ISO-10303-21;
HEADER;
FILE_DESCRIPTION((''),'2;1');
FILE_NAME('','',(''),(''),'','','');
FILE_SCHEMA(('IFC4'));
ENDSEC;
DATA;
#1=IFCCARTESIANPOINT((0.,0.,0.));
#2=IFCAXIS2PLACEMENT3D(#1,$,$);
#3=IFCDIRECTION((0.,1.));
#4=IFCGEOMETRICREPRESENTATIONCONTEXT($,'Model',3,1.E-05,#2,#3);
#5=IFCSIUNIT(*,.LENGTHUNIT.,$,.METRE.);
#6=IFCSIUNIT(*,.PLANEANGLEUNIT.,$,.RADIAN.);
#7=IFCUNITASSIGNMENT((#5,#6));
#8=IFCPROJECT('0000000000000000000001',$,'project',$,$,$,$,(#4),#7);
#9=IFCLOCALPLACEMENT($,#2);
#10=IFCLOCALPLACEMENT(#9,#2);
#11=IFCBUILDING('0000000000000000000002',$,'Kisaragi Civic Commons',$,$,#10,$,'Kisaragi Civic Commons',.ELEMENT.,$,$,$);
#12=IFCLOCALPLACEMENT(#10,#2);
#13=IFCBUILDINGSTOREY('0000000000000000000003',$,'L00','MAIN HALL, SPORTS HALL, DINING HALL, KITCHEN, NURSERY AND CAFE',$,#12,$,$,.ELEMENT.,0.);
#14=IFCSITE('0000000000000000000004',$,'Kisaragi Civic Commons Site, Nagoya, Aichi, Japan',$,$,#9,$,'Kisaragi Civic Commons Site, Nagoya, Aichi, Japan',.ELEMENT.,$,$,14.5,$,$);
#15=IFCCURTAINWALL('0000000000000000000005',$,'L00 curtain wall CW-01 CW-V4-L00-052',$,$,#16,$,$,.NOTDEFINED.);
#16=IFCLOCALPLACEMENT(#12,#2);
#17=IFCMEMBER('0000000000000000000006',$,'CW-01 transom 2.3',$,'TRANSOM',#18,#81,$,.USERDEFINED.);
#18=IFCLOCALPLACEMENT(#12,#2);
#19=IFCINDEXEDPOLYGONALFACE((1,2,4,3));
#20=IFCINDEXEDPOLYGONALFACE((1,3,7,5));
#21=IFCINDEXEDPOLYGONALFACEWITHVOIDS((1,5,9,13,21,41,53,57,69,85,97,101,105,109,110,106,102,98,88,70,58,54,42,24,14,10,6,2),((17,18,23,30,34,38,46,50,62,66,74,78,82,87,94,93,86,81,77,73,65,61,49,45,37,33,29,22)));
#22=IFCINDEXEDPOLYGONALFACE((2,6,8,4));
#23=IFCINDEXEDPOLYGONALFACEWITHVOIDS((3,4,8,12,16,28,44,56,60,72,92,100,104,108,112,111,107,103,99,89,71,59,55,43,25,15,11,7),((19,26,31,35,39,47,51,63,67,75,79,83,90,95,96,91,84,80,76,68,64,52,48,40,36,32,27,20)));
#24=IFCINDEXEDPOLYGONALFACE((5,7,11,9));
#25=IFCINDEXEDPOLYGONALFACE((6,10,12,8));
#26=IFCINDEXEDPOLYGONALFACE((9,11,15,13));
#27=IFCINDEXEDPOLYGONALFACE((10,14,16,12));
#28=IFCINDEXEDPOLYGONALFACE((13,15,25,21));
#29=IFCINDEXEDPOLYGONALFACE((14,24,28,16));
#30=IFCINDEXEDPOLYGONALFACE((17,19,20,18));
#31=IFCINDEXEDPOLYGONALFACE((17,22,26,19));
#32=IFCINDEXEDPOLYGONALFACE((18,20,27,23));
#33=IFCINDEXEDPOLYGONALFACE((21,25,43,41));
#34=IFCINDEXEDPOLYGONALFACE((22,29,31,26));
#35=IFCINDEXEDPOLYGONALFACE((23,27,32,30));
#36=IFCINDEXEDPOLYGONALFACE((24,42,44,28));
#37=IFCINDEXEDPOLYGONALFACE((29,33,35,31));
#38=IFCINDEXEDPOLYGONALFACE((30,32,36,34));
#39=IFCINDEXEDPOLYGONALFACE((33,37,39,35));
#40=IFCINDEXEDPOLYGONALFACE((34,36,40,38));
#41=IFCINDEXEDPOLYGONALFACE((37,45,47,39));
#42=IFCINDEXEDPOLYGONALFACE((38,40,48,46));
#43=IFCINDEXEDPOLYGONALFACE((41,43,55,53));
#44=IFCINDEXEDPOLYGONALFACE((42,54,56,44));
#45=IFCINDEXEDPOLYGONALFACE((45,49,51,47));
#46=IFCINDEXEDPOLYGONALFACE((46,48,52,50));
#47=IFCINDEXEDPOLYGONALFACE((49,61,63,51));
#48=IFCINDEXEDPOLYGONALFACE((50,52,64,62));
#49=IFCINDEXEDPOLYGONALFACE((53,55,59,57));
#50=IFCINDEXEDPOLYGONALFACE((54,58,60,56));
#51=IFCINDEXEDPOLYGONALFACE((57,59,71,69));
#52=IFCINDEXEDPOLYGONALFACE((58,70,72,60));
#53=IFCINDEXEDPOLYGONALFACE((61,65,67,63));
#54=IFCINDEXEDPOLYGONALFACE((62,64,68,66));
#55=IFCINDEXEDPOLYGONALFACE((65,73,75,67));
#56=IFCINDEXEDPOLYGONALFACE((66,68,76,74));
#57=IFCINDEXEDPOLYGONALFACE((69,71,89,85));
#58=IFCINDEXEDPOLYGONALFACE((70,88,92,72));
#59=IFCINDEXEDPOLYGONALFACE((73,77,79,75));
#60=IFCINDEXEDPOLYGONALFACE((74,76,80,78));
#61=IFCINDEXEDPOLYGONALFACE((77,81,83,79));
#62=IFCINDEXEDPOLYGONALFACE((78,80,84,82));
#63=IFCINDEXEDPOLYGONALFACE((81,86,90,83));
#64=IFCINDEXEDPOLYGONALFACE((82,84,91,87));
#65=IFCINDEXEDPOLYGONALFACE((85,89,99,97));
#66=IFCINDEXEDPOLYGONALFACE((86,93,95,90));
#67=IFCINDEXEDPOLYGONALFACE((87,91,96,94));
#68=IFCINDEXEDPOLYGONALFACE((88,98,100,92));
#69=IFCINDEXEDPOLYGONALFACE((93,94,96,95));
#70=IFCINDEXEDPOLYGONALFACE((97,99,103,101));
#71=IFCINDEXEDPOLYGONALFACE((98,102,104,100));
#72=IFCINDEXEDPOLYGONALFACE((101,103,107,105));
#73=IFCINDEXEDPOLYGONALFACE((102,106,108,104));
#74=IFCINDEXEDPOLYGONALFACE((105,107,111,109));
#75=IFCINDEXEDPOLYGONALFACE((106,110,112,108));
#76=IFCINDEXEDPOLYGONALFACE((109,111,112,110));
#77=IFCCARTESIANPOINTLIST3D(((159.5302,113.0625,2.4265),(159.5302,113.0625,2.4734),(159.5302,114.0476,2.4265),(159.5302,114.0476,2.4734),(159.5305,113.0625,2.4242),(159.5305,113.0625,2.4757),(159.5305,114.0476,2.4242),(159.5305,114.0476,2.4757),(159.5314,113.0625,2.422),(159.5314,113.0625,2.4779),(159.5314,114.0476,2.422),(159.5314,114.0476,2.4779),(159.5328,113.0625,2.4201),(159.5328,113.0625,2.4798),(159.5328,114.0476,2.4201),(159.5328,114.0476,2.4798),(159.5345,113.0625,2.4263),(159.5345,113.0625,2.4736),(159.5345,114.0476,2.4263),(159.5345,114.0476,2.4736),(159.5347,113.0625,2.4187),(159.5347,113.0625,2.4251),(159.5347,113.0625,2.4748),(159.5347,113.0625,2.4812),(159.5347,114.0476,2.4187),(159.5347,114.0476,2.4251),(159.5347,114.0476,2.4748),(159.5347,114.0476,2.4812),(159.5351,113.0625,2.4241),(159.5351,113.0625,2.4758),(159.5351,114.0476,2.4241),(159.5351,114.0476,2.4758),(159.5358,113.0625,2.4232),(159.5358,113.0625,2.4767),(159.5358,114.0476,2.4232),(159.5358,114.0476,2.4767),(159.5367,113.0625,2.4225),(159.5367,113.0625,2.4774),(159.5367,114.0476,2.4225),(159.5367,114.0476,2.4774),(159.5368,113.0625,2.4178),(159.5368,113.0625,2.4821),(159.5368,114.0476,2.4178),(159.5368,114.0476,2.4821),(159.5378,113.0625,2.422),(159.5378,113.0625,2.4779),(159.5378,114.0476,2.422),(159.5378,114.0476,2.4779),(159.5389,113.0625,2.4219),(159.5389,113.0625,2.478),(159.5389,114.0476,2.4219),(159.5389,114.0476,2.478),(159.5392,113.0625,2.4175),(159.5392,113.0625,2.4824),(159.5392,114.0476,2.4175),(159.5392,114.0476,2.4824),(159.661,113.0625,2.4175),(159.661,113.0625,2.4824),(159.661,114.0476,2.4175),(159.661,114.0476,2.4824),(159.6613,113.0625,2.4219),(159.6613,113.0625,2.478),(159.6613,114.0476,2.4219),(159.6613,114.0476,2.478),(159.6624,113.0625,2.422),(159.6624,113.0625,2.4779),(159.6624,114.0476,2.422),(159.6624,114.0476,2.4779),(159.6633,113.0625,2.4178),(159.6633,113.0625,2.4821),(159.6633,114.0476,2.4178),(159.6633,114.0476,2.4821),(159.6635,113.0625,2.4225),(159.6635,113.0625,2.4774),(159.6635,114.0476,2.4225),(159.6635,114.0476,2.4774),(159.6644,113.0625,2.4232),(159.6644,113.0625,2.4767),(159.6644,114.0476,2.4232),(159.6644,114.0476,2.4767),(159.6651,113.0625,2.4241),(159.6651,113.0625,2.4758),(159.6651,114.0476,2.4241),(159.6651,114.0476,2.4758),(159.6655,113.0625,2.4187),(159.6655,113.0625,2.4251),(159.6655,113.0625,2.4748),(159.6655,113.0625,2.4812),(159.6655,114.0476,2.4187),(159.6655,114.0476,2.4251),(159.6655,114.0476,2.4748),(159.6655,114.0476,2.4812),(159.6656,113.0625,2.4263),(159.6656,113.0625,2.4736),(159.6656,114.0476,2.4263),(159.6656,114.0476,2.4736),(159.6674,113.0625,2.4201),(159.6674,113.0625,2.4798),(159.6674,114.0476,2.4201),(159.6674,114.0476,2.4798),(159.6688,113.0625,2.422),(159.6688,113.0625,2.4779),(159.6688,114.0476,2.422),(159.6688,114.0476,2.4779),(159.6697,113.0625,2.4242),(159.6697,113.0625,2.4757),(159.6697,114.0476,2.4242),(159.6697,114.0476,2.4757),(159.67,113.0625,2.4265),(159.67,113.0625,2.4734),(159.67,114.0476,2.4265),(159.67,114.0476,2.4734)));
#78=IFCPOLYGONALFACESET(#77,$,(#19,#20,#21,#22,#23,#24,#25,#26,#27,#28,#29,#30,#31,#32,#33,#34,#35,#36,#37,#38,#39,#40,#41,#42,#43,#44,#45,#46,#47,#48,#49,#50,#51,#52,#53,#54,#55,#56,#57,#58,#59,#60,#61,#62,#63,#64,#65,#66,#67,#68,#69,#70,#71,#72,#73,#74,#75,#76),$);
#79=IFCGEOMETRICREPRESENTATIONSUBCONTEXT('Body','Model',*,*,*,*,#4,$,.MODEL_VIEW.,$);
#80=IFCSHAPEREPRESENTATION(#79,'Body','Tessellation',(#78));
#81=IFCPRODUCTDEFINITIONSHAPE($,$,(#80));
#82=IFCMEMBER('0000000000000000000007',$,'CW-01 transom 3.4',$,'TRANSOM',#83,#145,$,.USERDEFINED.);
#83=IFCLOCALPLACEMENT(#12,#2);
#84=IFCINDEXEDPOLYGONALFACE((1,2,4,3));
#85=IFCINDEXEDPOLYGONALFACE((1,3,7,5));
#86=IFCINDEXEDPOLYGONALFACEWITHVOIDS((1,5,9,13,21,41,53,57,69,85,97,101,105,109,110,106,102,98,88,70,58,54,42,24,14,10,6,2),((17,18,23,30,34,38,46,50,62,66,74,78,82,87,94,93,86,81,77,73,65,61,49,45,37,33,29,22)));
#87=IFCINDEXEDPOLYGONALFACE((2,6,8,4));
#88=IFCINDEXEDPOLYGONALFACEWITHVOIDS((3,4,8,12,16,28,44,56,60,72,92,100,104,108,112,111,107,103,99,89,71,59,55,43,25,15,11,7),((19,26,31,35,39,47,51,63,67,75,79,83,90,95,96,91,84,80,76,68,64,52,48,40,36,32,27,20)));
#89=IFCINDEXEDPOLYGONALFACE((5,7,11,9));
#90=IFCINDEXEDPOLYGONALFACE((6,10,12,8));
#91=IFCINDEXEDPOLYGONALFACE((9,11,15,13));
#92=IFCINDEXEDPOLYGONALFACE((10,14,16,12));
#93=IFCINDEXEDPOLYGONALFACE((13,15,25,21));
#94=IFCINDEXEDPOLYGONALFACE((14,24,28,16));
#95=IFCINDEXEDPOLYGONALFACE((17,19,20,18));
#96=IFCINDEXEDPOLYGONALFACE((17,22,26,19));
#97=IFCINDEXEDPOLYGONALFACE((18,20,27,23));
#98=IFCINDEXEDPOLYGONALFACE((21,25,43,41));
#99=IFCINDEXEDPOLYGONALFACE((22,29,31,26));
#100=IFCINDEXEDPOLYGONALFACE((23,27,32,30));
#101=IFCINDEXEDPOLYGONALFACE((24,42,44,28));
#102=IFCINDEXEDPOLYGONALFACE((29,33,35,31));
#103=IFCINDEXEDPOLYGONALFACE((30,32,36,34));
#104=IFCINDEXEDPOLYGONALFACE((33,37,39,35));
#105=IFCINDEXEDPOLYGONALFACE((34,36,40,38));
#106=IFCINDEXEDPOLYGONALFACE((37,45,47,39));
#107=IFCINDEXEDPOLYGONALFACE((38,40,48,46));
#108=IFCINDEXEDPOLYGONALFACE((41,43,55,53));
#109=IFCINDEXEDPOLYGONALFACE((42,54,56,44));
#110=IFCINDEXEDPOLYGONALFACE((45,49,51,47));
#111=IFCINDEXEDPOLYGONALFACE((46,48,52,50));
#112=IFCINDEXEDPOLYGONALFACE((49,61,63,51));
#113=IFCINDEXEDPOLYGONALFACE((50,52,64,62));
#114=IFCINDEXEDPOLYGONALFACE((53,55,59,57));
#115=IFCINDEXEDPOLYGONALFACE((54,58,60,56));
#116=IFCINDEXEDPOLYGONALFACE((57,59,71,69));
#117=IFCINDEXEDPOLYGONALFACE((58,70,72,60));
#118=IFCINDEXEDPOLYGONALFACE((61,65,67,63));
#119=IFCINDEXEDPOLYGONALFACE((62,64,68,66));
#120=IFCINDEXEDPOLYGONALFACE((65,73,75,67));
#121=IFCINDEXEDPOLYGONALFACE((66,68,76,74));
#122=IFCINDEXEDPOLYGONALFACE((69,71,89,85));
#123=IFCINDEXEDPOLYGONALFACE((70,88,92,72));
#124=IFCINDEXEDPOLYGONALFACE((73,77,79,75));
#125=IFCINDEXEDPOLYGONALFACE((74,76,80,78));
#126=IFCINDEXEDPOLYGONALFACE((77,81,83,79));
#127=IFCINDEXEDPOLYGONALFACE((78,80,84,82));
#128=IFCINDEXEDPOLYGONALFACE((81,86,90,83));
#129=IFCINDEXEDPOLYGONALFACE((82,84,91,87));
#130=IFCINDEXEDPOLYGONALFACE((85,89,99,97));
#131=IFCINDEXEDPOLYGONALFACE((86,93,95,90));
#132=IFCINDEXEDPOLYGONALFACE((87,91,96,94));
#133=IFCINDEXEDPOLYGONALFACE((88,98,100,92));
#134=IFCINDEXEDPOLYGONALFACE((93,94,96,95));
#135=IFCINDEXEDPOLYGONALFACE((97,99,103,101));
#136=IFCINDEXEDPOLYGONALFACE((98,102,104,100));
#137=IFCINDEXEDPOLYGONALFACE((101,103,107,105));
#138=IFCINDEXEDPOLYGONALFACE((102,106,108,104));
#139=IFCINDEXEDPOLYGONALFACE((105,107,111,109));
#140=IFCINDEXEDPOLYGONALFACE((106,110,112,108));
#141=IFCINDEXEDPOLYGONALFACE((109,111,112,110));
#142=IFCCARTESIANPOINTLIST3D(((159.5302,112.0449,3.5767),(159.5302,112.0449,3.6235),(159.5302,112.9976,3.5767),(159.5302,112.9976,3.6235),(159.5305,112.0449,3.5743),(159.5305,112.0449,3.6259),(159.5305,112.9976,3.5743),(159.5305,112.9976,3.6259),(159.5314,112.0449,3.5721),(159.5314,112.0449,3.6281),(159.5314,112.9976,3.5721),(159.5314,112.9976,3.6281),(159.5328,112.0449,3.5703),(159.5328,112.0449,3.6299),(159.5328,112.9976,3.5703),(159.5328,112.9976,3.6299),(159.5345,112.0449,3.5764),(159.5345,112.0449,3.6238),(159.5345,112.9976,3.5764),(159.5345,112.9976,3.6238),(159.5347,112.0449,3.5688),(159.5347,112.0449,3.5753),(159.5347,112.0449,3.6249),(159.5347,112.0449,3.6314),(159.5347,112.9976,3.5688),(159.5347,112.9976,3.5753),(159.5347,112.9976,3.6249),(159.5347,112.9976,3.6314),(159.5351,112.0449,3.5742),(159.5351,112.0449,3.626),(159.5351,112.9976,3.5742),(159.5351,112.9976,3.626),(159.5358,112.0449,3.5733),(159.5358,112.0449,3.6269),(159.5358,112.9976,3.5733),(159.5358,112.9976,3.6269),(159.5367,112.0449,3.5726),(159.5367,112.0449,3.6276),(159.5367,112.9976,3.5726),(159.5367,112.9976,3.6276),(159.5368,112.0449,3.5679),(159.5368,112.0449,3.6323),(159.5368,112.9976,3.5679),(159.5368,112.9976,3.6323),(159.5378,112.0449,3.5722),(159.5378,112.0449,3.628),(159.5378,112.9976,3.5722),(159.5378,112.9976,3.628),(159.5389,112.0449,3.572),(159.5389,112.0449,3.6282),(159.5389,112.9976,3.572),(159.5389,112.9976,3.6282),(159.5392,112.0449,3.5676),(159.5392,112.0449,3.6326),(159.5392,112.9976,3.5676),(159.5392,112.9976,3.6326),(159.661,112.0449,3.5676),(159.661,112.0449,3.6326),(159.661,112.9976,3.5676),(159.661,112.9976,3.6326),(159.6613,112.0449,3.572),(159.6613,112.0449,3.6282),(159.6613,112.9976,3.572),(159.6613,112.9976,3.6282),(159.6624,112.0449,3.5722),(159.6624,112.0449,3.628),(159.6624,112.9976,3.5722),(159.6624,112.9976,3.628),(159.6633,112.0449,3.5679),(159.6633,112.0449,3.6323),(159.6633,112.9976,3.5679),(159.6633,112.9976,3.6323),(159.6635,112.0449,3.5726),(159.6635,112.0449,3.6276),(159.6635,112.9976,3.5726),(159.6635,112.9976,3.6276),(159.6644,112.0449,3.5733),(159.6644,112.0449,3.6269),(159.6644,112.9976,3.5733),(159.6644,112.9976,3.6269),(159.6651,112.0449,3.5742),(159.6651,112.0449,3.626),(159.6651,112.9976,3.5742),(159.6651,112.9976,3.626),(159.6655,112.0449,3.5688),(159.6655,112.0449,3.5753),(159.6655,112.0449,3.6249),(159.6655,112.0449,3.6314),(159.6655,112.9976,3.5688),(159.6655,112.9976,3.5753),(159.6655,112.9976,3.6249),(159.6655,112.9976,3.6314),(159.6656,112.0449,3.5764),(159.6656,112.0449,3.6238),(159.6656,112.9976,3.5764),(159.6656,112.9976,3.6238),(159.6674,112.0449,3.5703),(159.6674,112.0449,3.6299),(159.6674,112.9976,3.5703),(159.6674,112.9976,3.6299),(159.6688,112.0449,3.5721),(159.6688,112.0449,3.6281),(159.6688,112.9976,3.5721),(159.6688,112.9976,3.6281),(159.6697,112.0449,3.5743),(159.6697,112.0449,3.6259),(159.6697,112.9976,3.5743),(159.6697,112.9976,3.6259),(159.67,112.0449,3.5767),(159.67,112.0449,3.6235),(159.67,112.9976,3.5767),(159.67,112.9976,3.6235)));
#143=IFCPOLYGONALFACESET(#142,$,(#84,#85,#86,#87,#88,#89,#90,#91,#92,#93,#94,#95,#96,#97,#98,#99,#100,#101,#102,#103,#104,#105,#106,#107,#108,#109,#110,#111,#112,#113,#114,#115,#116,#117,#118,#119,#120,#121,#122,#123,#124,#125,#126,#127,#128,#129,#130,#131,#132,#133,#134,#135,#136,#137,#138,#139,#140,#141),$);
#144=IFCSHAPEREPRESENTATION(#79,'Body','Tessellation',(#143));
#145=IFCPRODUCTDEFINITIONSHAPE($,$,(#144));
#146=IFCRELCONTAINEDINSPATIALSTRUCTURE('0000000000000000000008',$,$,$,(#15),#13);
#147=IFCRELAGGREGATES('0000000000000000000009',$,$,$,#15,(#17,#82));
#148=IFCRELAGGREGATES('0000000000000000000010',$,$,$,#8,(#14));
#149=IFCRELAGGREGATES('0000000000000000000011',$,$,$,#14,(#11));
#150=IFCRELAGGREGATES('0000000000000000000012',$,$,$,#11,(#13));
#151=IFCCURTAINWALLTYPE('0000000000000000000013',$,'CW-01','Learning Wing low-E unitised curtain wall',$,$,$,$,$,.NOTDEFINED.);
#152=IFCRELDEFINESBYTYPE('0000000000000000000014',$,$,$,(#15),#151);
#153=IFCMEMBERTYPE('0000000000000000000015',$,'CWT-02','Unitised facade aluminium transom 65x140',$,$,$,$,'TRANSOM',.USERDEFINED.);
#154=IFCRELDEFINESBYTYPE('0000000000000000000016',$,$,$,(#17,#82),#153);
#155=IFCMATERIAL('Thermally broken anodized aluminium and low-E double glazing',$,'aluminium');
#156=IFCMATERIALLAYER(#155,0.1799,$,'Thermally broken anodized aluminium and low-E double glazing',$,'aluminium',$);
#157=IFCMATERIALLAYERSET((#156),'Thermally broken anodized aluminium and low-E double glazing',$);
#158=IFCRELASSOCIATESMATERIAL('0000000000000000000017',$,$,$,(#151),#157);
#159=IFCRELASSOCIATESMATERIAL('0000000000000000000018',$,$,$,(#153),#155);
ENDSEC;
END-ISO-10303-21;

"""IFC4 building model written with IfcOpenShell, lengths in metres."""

from ifc_helpers import new_model, si_unit, direction, frame, origin, origin_2d, place, context, subcontext, project, spatial, hollow_rectangle, extrude, material, layer, layer_set, material_profile, profile_set, type_object, element, aggregate, save


model = new_model("IFC4")

# Units and contexts
model_context = context("Model", 3, precision=1e-05, world=origin(), true_north=direction((0.0, 1.0)))
body_context = subcontext(model_context, "Body", "Model", "MODEL_VIEW")
ifc_project = project(units=[si_unit("LENGTHUNIT", "METRE"), si_unit("PLANEANGLEUNIT", "RADIAN")], contexts=[model_context])

# Site, building, storey
site_placement = place(None, origin())
site = spatial("IfcSite", under=ifc_project, at=site_placement, Name="Kisaragi Civic Commons Site, Nagoya, Aichi, Japan", LongName="Kisaragi Civic Commons Site, Nagoya, Aichi, Japan", CompositionType="ELEMENT", RefElevation=14.5)
building_placement = place(site_placement, origin())
building = spatial("IfcBuilding", under=site, at=building_placement, Name="Kisaragi Civic Commons", LongName="Kisaragi Civic Commons", CompositionType="ELEMENT")
storey_placement = place(building_placement, origin())
storey = spatial("IfcBuildingStorey", under=building, at=storey_placement, Name="L00", Description="MAIN HALL, SPORTS HALL, DINING HALL, KITCHEN, NURSERY AND CAFE", CompositionType="ELEMENT", Elevation=0.0)

# Curtain wall
ifc_material_1 = material(Name="Thermally broken anodized aluminium and low-E double glazing", Category="aluminium")
ifc_layer_1 = layer(ifc_material_1, 0.1799, Name="Thermally broken anodized aluminium and low-E double glazing", Category="aluminium")
ifc_layer_set_1 = layer_set([ifc_layer_1], Name="Thermally broken anodized aluminium and low-E double glazing")
curtain_wall_type = type_object("IfcCurtainWallType", Name="CW-01", Description="Learning Wing low-E unitised curtain wall", PredefinedType="NOTDEFINED", material=ifc_layer_set_1)
curtain_wall_1_placement = place(storey_placement, origin())
curtain_wall_1 = element("IfcCurtainWall", 1, at=curtain_wall_1_placement, inside=storey, type_object=curtain_wall_type, Name="L00 curtain wall CW-01 CW-V4-L00-052", PredefinedType="NOTDEFINED")

# Members
ifc_material_profile_1 = material_profile(ifc_material_1, hollow_rectangle(XDim=0.1399, YDim=0.0649, WallThickness=0.0044, InnerFilletRadius=0.0044, OuterFilletRadius=0.009, at=origin_2d()), Name="CWT-65x140x4.5", Category="aluminium")
ifc_profile_set_1 = profile_set([ifc_material_profile_1], Name="Thermally broken anodized aluminium and low-E double glazing")
member_type_1 = type_object("IfcMemberType", Name="CWT-02", Description="Unitised facade aluminium transom 65x140", ElementType="TRANSOM", PredefinedType="USERDEFINED", material=ifc_profile_set_1)
member_1_placement = place(storey_placement, frame((159.6001, 114.0476, 2.45), z_axis=(0.0, -1.0, 0.0), x_axis=(1.0, 0.0, 0.0)))
member_1 = element("IfcMember", 2, at=member_1_placement, type_object=member_type_1, Name="CW-01 transom 2.3", ObjectType="TRANSOM", PredefinedType="USERDEFINED", context=body_context, shape_type="SweptSolid", body=[
    extrude(hollow_rectangle(XDim=0.1399, YDim=0.0649, WallThickness=0.0044, InnerFilletRadius=0.0044, OuterFilletRadius=0.009, at=origin_2d()), origin(), (0.0, 0.0, 1.0), 0.9851),
])
member_2_placement = place(storey_placement, frame((159.6001, 112.9976, 3.6001), z_axis=(0.0, -1.0, 0.0), x_axis=(1.0, 0.0, 0.0)))
member_2 = element("IfcMember", 3, at=member_2_placement, type_object=member_type_1, Name="CW-01 transom 3.4", ObjectType="TRANSOM", PredefinedType="USERDEFINED", context=body_context, shape_type="SweptSolid", body=[
    extrude(hollow_rectangle(XDim=0.1399, YDim=0.0649, WallThickness=0.0044, InnerFilletRadius=0.0044, OuterFilletRadius=0.009, at=origin_2d()), origin(), (0.0, 0.0, 1.0), 0.9526),
])

aggregate(curtain_wall_1, [member_1, member_2])

save(model, "model.ifc")
